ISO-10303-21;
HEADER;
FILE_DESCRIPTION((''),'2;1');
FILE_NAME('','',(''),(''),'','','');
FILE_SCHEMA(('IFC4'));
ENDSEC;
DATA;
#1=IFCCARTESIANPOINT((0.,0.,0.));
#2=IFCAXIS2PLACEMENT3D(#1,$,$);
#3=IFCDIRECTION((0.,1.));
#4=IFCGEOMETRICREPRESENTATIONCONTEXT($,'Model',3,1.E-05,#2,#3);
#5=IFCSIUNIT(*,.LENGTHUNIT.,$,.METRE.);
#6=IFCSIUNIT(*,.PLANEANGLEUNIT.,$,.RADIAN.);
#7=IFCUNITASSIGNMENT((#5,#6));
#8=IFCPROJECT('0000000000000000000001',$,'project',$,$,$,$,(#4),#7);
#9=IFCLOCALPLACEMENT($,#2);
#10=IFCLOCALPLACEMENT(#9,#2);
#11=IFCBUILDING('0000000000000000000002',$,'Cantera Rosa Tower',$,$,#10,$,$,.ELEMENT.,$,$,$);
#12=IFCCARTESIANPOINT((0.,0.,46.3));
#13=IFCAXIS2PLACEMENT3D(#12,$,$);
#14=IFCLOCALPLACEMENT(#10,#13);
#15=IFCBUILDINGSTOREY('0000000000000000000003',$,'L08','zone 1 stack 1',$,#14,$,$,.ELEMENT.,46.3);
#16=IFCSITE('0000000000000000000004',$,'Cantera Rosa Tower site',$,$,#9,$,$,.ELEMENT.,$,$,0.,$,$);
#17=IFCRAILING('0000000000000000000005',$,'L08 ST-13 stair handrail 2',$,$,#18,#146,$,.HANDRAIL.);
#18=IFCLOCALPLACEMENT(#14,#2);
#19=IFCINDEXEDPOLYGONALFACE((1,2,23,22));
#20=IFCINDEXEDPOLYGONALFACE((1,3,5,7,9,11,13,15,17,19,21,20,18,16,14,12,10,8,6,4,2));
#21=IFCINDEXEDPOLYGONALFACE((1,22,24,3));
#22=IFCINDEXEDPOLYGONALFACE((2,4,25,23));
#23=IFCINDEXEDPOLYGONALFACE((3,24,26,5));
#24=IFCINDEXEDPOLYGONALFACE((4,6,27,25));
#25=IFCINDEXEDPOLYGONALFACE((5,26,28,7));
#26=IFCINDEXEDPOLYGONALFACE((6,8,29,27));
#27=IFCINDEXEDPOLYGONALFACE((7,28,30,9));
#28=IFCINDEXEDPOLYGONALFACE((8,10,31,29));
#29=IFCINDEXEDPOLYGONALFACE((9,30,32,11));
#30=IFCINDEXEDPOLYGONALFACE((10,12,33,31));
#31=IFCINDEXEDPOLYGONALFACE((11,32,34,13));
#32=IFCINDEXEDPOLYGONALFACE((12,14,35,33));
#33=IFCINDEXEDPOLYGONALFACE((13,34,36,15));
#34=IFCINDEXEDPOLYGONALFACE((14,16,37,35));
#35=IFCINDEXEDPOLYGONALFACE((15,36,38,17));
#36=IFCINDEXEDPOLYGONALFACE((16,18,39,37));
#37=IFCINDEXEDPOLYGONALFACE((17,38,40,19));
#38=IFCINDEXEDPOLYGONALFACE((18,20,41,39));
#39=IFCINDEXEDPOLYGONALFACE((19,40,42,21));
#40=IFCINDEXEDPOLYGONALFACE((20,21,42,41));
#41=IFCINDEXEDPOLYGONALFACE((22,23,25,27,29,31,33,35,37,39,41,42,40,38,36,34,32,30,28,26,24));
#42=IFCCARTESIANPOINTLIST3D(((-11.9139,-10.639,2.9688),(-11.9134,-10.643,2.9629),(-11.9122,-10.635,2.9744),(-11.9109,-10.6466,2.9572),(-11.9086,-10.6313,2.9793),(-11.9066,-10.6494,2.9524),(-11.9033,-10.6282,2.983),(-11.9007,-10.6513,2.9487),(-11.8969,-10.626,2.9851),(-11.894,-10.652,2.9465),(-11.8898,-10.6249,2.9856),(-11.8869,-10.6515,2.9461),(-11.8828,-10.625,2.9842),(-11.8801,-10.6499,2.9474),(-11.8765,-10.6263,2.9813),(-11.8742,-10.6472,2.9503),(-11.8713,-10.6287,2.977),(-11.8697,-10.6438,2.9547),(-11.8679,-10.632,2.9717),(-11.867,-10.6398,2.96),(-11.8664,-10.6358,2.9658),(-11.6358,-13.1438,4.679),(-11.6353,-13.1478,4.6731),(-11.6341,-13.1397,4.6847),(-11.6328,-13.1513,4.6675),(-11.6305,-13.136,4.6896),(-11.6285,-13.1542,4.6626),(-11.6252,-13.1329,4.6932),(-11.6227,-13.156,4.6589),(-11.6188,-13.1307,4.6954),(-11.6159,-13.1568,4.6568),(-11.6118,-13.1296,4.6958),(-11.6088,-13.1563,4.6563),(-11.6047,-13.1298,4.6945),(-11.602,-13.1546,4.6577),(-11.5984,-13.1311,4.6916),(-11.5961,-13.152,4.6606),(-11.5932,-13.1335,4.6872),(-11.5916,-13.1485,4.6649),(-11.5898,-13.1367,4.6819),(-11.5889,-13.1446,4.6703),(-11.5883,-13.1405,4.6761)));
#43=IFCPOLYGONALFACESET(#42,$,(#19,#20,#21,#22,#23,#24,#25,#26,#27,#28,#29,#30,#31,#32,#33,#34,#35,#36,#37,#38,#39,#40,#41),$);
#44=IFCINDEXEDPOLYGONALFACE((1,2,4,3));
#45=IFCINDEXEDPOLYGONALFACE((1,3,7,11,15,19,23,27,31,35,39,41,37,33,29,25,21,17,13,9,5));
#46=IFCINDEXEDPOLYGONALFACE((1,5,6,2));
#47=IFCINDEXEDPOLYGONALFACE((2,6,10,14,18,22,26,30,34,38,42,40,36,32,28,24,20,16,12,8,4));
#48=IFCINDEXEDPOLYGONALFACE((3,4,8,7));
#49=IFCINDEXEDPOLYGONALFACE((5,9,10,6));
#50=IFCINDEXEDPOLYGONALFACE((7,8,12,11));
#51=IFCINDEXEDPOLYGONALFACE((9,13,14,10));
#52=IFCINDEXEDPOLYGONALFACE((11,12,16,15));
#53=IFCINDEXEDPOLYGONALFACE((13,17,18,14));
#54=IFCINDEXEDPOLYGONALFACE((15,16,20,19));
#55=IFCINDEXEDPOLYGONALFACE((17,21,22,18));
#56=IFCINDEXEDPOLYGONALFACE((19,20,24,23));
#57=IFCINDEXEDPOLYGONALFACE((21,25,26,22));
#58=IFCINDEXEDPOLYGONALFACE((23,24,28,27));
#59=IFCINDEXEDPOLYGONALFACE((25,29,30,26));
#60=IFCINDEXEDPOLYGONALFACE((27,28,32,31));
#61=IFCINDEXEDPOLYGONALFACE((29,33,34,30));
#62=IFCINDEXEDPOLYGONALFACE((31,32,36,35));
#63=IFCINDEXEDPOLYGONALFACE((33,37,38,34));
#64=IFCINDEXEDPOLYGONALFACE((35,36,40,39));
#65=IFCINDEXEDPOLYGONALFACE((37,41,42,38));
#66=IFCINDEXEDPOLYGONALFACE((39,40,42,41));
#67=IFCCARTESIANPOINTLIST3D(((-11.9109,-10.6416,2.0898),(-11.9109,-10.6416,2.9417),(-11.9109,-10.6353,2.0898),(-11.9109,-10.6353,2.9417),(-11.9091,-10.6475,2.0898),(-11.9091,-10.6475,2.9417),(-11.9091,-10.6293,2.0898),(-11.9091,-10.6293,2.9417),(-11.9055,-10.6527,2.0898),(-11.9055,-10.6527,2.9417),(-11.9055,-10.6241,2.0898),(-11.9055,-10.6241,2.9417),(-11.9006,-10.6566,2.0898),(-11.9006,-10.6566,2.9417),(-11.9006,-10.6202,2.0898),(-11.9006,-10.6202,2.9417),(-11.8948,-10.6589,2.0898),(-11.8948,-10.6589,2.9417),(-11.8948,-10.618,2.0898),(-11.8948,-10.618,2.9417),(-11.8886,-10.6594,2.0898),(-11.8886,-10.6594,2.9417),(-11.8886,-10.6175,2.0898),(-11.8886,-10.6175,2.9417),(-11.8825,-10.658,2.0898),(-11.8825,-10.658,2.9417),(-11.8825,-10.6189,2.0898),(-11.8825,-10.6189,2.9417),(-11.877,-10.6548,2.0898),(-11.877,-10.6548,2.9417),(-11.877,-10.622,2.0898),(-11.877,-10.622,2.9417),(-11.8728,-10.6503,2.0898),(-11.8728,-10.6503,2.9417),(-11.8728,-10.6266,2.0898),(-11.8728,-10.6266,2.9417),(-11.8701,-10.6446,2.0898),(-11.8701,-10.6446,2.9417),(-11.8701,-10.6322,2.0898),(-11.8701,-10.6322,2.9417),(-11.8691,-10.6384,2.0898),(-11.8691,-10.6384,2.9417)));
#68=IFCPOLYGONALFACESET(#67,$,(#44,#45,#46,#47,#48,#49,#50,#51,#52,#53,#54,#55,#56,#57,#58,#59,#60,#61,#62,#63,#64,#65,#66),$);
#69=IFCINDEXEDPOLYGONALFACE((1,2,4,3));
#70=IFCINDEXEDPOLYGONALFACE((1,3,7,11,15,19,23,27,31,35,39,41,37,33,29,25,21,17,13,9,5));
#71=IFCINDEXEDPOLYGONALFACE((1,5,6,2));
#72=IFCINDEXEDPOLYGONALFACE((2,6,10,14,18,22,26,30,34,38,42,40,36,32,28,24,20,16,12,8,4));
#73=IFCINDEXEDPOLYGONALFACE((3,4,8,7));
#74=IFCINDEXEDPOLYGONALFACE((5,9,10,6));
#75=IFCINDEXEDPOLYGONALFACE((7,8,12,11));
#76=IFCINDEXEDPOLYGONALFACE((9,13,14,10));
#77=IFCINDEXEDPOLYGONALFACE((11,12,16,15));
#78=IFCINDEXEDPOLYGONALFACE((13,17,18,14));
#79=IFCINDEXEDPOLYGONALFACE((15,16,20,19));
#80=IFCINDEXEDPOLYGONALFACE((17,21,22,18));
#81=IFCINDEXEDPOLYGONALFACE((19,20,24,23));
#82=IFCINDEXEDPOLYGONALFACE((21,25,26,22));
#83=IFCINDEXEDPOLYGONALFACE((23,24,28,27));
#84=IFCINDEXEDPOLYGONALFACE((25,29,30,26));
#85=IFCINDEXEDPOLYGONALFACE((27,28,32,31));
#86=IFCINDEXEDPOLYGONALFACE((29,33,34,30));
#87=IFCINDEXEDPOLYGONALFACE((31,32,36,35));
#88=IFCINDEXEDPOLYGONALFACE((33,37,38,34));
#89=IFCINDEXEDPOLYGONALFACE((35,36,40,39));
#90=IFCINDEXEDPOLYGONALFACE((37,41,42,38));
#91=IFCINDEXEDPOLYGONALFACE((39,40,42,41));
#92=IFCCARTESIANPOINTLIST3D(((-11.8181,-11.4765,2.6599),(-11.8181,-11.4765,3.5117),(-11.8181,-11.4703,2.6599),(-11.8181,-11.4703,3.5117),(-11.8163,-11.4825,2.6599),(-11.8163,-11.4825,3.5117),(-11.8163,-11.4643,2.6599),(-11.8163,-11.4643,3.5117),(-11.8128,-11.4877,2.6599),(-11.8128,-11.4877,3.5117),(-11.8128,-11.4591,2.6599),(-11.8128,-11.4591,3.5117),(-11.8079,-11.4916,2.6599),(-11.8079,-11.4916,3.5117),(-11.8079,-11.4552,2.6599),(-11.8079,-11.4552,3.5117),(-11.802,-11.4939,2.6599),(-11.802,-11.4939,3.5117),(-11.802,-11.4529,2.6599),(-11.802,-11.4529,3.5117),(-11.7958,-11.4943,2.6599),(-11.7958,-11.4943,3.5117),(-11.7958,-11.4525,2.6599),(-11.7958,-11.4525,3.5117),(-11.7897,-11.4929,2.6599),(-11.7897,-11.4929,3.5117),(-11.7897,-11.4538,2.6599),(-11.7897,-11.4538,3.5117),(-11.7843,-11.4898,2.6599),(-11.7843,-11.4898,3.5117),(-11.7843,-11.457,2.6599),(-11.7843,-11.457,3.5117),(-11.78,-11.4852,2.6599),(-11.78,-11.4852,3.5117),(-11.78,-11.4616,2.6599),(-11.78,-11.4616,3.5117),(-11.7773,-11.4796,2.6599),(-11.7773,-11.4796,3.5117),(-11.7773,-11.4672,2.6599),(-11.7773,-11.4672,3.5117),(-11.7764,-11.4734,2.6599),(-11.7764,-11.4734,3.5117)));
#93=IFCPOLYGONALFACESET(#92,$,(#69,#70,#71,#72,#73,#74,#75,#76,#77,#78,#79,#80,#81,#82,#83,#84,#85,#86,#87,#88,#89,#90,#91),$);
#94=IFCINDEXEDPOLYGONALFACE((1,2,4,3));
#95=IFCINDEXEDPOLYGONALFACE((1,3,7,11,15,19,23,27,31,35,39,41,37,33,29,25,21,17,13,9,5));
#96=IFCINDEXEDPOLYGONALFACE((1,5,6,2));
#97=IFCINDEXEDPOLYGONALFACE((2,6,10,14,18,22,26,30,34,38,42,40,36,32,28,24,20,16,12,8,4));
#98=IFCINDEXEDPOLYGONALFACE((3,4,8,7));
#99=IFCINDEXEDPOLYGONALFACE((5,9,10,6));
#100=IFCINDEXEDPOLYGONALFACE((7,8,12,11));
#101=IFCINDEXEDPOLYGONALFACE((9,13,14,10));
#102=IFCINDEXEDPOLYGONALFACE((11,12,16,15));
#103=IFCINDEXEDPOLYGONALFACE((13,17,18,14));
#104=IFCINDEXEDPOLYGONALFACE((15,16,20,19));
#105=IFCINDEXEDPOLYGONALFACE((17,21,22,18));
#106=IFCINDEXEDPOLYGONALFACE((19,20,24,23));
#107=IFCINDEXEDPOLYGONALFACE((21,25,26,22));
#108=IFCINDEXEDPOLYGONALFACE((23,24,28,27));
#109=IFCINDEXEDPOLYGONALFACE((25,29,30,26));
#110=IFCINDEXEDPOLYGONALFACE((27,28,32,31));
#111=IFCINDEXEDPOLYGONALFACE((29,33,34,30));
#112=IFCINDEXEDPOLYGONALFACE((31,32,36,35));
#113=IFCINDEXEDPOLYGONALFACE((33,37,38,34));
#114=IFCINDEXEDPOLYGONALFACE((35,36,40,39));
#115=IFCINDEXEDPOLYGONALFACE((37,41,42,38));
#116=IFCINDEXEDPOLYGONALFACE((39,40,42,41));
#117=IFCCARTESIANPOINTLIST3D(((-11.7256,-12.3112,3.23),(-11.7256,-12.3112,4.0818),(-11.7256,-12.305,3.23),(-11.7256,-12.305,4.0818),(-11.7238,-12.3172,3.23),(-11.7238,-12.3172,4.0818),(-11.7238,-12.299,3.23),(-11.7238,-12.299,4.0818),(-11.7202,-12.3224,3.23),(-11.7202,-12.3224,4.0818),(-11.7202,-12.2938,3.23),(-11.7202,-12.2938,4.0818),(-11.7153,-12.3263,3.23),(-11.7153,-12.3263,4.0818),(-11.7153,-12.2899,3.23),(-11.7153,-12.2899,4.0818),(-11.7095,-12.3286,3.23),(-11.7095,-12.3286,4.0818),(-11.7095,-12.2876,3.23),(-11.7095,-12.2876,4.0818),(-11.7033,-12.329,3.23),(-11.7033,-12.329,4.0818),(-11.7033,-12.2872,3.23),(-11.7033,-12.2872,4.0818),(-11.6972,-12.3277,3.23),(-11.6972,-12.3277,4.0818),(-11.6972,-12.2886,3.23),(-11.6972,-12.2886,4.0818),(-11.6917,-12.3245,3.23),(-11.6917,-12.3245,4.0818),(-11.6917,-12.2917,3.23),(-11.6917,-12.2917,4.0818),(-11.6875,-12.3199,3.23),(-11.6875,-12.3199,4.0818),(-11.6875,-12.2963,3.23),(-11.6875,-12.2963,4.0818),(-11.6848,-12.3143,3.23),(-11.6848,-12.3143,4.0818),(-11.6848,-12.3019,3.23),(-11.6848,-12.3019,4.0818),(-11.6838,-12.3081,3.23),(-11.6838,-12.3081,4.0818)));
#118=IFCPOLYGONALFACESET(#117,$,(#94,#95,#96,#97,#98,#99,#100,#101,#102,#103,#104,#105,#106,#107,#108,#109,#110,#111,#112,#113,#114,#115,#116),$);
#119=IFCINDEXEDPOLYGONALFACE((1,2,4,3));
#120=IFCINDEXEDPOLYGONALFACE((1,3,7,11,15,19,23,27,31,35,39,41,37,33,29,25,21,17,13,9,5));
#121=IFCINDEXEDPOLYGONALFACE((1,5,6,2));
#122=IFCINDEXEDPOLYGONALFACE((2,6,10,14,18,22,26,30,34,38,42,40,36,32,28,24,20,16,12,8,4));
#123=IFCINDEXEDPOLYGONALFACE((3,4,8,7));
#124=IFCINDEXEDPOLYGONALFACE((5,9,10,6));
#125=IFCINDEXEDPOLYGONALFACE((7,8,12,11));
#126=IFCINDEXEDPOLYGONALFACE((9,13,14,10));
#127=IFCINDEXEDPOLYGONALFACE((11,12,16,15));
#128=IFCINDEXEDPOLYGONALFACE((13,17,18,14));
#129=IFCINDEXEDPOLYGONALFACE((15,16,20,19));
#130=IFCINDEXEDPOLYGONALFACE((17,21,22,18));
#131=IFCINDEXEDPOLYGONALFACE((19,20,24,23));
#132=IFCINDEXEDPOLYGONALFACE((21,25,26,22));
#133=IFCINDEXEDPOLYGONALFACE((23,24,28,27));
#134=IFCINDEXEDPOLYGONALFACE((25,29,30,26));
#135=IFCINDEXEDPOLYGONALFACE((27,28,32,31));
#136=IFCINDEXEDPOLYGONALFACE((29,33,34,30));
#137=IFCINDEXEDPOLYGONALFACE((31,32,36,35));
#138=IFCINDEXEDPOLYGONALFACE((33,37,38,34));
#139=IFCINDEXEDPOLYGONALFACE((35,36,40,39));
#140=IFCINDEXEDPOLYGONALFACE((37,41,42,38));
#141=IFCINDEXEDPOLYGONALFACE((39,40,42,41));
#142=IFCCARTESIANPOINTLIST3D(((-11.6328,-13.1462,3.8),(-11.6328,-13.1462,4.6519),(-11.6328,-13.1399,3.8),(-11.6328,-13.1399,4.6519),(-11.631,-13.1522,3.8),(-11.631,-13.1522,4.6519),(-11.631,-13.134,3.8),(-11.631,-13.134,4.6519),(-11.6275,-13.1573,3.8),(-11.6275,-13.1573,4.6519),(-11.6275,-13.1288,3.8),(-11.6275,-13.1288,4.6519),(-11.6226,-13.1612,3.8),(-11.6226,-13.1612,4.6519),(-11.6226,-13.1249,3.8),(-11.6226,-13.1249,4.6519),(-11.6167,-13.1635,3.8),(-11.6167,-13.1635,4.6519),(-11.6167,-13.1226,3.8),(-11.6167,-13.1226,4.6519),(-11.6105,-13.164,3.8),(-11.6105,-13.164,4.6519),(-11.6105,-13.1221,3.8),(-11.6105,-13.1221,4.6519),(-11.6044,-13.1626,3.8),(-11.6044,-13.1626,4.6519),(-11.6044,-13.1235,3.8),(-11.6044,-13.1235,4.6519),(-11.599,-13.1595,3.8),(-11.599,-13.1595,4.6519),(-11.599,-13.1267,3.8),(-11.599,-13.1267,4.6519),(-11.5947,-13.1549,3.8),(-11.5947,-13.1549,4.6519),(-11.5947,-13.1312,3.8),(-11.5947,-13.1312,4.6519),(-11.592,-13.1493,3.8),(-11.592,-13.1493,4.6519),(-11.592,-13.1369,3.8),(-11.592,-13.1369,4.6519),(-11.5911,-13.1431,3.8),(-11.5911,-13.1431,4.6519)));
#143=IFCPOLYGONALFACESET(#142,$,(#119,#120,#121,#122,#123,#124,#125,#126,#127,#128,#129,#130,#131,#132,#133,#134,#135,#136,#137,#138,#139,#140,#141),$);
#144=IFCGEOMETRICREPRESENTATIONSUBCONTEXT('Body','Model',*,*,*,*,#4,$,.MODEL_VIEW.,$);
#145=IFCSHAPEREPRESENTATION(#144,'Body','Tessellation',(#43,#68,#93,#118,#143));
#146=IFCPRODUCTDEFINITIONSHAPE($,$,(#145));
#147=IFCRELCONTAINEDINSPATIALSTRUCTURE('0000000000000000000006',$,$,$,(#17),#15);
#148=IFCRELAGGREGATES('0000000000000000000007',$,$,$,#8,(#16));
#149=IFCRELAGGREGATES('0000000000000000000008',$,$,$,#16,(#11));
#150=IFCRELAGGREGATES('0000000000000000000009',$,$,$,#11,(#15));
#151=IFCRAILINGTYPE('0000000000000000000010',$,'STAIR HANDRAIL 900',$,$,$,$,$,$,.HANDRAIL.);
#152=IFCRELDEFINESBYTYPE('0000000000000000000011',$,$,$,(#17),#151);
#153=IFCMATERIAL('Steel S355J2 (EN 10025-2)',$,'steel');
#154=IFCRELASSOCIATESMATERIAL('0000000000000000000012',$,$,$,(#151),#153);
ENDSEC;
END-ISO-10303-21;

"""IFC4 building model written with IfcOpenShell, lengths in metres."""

from ifc_helpers import new_model, si_unit, direction, frame, origin, origin_2d, place, context, subcontext, project, spatial, circle, extrude, material, type_object, element, save


model = new_model("IFC4")

# Units and contexts
model_context = context("Model", 3, precision=1e-05, world=origin(), true_north=direction((0.0, 1.0)))
body_context = subcontext(model_context, "Body", "Model", "MODEL_VIEW")
ifc_project = project(units=[si_unit("LENGTHUNIT", "METRE"), si_unit("PLANEANGLEUNIT", "RADIAN")], contexts=[model_context])

# Site, building, storey
site_placement = place(None, origin())
site = spatial("IfcSite", under=ifc_project, at=site_placement, Name="Cantera Rosa Tower site", CompositionType="ELEMENT", RefElevation=0.0)
building_placement = place(site_placement, origin())
building = spatial("IfcBuilding", under=site, at=building_placement, Name="Cantera Rosa Tower", CompositionType="ELEMENT")
storey_placement = place(building_placement, frame((0.0, 0.0, 46.3)))
storey = spatial("IfcBuildingStorey", under=building, at=storey_placement, Name="L08", Description="zone 1 stack 1", CompositionType="ELEMENT", Elevation=46.3)

# Railing
ifc_material_1 = material(Name="Steel S355J2 (EN 10025-2)", Category="steel")
railing_type_1 = type_object("IfcRailingType", Name="STAIR HANDRAIL 900", PredefinedType="HANDRAIL", material=ifc_material_1)
railing_1_placement = place(storey_placement, frame((-11.8901, -10.6384, 2.0898)))
element("IfcRailing", 1, at=railing_1_placement, inside=storey, type_object=railing_type_1, Name="L08 ST-13 stair handrail 2", PredefinedType="HANDRAIL", context=body_context, shape_type="SweptSolid", body=[
    extrude(circle(Radius=0.0239, at=origin_2d()), frame((0.0, 0.0, 0.876), z_axis=(0.091306, -0.822394, 0.561543), x_axis=(0.993893, 0.110346, 0.0)), (0.0, 0.0, 1.0), 3.0457),
    extrude(circle(Radius=0.021, at=origin_2d()), origin(), (0.0, 0.0, 1.0), 0.8518),
    extrude(circle(Radius=0.021, at=origin_2d()), frame((0.0928, -0.835, 0.5701)), (0.0, 0.0, 1.0), 0.8518),
    extrude(circle(Radius=0.021, at=origin_2d()), frame((0.1853, -1.6697, 1.1401)), (0.0, 0.0, 1.0), 0.8518),
    extrude(circle(Radius=0.021, at=origin_2d()), frame((0.2781, -2.5046, 1.7102)), (0.0, 0.0, 1.0), 0.8518),
])

save(model, "model.ifc")
